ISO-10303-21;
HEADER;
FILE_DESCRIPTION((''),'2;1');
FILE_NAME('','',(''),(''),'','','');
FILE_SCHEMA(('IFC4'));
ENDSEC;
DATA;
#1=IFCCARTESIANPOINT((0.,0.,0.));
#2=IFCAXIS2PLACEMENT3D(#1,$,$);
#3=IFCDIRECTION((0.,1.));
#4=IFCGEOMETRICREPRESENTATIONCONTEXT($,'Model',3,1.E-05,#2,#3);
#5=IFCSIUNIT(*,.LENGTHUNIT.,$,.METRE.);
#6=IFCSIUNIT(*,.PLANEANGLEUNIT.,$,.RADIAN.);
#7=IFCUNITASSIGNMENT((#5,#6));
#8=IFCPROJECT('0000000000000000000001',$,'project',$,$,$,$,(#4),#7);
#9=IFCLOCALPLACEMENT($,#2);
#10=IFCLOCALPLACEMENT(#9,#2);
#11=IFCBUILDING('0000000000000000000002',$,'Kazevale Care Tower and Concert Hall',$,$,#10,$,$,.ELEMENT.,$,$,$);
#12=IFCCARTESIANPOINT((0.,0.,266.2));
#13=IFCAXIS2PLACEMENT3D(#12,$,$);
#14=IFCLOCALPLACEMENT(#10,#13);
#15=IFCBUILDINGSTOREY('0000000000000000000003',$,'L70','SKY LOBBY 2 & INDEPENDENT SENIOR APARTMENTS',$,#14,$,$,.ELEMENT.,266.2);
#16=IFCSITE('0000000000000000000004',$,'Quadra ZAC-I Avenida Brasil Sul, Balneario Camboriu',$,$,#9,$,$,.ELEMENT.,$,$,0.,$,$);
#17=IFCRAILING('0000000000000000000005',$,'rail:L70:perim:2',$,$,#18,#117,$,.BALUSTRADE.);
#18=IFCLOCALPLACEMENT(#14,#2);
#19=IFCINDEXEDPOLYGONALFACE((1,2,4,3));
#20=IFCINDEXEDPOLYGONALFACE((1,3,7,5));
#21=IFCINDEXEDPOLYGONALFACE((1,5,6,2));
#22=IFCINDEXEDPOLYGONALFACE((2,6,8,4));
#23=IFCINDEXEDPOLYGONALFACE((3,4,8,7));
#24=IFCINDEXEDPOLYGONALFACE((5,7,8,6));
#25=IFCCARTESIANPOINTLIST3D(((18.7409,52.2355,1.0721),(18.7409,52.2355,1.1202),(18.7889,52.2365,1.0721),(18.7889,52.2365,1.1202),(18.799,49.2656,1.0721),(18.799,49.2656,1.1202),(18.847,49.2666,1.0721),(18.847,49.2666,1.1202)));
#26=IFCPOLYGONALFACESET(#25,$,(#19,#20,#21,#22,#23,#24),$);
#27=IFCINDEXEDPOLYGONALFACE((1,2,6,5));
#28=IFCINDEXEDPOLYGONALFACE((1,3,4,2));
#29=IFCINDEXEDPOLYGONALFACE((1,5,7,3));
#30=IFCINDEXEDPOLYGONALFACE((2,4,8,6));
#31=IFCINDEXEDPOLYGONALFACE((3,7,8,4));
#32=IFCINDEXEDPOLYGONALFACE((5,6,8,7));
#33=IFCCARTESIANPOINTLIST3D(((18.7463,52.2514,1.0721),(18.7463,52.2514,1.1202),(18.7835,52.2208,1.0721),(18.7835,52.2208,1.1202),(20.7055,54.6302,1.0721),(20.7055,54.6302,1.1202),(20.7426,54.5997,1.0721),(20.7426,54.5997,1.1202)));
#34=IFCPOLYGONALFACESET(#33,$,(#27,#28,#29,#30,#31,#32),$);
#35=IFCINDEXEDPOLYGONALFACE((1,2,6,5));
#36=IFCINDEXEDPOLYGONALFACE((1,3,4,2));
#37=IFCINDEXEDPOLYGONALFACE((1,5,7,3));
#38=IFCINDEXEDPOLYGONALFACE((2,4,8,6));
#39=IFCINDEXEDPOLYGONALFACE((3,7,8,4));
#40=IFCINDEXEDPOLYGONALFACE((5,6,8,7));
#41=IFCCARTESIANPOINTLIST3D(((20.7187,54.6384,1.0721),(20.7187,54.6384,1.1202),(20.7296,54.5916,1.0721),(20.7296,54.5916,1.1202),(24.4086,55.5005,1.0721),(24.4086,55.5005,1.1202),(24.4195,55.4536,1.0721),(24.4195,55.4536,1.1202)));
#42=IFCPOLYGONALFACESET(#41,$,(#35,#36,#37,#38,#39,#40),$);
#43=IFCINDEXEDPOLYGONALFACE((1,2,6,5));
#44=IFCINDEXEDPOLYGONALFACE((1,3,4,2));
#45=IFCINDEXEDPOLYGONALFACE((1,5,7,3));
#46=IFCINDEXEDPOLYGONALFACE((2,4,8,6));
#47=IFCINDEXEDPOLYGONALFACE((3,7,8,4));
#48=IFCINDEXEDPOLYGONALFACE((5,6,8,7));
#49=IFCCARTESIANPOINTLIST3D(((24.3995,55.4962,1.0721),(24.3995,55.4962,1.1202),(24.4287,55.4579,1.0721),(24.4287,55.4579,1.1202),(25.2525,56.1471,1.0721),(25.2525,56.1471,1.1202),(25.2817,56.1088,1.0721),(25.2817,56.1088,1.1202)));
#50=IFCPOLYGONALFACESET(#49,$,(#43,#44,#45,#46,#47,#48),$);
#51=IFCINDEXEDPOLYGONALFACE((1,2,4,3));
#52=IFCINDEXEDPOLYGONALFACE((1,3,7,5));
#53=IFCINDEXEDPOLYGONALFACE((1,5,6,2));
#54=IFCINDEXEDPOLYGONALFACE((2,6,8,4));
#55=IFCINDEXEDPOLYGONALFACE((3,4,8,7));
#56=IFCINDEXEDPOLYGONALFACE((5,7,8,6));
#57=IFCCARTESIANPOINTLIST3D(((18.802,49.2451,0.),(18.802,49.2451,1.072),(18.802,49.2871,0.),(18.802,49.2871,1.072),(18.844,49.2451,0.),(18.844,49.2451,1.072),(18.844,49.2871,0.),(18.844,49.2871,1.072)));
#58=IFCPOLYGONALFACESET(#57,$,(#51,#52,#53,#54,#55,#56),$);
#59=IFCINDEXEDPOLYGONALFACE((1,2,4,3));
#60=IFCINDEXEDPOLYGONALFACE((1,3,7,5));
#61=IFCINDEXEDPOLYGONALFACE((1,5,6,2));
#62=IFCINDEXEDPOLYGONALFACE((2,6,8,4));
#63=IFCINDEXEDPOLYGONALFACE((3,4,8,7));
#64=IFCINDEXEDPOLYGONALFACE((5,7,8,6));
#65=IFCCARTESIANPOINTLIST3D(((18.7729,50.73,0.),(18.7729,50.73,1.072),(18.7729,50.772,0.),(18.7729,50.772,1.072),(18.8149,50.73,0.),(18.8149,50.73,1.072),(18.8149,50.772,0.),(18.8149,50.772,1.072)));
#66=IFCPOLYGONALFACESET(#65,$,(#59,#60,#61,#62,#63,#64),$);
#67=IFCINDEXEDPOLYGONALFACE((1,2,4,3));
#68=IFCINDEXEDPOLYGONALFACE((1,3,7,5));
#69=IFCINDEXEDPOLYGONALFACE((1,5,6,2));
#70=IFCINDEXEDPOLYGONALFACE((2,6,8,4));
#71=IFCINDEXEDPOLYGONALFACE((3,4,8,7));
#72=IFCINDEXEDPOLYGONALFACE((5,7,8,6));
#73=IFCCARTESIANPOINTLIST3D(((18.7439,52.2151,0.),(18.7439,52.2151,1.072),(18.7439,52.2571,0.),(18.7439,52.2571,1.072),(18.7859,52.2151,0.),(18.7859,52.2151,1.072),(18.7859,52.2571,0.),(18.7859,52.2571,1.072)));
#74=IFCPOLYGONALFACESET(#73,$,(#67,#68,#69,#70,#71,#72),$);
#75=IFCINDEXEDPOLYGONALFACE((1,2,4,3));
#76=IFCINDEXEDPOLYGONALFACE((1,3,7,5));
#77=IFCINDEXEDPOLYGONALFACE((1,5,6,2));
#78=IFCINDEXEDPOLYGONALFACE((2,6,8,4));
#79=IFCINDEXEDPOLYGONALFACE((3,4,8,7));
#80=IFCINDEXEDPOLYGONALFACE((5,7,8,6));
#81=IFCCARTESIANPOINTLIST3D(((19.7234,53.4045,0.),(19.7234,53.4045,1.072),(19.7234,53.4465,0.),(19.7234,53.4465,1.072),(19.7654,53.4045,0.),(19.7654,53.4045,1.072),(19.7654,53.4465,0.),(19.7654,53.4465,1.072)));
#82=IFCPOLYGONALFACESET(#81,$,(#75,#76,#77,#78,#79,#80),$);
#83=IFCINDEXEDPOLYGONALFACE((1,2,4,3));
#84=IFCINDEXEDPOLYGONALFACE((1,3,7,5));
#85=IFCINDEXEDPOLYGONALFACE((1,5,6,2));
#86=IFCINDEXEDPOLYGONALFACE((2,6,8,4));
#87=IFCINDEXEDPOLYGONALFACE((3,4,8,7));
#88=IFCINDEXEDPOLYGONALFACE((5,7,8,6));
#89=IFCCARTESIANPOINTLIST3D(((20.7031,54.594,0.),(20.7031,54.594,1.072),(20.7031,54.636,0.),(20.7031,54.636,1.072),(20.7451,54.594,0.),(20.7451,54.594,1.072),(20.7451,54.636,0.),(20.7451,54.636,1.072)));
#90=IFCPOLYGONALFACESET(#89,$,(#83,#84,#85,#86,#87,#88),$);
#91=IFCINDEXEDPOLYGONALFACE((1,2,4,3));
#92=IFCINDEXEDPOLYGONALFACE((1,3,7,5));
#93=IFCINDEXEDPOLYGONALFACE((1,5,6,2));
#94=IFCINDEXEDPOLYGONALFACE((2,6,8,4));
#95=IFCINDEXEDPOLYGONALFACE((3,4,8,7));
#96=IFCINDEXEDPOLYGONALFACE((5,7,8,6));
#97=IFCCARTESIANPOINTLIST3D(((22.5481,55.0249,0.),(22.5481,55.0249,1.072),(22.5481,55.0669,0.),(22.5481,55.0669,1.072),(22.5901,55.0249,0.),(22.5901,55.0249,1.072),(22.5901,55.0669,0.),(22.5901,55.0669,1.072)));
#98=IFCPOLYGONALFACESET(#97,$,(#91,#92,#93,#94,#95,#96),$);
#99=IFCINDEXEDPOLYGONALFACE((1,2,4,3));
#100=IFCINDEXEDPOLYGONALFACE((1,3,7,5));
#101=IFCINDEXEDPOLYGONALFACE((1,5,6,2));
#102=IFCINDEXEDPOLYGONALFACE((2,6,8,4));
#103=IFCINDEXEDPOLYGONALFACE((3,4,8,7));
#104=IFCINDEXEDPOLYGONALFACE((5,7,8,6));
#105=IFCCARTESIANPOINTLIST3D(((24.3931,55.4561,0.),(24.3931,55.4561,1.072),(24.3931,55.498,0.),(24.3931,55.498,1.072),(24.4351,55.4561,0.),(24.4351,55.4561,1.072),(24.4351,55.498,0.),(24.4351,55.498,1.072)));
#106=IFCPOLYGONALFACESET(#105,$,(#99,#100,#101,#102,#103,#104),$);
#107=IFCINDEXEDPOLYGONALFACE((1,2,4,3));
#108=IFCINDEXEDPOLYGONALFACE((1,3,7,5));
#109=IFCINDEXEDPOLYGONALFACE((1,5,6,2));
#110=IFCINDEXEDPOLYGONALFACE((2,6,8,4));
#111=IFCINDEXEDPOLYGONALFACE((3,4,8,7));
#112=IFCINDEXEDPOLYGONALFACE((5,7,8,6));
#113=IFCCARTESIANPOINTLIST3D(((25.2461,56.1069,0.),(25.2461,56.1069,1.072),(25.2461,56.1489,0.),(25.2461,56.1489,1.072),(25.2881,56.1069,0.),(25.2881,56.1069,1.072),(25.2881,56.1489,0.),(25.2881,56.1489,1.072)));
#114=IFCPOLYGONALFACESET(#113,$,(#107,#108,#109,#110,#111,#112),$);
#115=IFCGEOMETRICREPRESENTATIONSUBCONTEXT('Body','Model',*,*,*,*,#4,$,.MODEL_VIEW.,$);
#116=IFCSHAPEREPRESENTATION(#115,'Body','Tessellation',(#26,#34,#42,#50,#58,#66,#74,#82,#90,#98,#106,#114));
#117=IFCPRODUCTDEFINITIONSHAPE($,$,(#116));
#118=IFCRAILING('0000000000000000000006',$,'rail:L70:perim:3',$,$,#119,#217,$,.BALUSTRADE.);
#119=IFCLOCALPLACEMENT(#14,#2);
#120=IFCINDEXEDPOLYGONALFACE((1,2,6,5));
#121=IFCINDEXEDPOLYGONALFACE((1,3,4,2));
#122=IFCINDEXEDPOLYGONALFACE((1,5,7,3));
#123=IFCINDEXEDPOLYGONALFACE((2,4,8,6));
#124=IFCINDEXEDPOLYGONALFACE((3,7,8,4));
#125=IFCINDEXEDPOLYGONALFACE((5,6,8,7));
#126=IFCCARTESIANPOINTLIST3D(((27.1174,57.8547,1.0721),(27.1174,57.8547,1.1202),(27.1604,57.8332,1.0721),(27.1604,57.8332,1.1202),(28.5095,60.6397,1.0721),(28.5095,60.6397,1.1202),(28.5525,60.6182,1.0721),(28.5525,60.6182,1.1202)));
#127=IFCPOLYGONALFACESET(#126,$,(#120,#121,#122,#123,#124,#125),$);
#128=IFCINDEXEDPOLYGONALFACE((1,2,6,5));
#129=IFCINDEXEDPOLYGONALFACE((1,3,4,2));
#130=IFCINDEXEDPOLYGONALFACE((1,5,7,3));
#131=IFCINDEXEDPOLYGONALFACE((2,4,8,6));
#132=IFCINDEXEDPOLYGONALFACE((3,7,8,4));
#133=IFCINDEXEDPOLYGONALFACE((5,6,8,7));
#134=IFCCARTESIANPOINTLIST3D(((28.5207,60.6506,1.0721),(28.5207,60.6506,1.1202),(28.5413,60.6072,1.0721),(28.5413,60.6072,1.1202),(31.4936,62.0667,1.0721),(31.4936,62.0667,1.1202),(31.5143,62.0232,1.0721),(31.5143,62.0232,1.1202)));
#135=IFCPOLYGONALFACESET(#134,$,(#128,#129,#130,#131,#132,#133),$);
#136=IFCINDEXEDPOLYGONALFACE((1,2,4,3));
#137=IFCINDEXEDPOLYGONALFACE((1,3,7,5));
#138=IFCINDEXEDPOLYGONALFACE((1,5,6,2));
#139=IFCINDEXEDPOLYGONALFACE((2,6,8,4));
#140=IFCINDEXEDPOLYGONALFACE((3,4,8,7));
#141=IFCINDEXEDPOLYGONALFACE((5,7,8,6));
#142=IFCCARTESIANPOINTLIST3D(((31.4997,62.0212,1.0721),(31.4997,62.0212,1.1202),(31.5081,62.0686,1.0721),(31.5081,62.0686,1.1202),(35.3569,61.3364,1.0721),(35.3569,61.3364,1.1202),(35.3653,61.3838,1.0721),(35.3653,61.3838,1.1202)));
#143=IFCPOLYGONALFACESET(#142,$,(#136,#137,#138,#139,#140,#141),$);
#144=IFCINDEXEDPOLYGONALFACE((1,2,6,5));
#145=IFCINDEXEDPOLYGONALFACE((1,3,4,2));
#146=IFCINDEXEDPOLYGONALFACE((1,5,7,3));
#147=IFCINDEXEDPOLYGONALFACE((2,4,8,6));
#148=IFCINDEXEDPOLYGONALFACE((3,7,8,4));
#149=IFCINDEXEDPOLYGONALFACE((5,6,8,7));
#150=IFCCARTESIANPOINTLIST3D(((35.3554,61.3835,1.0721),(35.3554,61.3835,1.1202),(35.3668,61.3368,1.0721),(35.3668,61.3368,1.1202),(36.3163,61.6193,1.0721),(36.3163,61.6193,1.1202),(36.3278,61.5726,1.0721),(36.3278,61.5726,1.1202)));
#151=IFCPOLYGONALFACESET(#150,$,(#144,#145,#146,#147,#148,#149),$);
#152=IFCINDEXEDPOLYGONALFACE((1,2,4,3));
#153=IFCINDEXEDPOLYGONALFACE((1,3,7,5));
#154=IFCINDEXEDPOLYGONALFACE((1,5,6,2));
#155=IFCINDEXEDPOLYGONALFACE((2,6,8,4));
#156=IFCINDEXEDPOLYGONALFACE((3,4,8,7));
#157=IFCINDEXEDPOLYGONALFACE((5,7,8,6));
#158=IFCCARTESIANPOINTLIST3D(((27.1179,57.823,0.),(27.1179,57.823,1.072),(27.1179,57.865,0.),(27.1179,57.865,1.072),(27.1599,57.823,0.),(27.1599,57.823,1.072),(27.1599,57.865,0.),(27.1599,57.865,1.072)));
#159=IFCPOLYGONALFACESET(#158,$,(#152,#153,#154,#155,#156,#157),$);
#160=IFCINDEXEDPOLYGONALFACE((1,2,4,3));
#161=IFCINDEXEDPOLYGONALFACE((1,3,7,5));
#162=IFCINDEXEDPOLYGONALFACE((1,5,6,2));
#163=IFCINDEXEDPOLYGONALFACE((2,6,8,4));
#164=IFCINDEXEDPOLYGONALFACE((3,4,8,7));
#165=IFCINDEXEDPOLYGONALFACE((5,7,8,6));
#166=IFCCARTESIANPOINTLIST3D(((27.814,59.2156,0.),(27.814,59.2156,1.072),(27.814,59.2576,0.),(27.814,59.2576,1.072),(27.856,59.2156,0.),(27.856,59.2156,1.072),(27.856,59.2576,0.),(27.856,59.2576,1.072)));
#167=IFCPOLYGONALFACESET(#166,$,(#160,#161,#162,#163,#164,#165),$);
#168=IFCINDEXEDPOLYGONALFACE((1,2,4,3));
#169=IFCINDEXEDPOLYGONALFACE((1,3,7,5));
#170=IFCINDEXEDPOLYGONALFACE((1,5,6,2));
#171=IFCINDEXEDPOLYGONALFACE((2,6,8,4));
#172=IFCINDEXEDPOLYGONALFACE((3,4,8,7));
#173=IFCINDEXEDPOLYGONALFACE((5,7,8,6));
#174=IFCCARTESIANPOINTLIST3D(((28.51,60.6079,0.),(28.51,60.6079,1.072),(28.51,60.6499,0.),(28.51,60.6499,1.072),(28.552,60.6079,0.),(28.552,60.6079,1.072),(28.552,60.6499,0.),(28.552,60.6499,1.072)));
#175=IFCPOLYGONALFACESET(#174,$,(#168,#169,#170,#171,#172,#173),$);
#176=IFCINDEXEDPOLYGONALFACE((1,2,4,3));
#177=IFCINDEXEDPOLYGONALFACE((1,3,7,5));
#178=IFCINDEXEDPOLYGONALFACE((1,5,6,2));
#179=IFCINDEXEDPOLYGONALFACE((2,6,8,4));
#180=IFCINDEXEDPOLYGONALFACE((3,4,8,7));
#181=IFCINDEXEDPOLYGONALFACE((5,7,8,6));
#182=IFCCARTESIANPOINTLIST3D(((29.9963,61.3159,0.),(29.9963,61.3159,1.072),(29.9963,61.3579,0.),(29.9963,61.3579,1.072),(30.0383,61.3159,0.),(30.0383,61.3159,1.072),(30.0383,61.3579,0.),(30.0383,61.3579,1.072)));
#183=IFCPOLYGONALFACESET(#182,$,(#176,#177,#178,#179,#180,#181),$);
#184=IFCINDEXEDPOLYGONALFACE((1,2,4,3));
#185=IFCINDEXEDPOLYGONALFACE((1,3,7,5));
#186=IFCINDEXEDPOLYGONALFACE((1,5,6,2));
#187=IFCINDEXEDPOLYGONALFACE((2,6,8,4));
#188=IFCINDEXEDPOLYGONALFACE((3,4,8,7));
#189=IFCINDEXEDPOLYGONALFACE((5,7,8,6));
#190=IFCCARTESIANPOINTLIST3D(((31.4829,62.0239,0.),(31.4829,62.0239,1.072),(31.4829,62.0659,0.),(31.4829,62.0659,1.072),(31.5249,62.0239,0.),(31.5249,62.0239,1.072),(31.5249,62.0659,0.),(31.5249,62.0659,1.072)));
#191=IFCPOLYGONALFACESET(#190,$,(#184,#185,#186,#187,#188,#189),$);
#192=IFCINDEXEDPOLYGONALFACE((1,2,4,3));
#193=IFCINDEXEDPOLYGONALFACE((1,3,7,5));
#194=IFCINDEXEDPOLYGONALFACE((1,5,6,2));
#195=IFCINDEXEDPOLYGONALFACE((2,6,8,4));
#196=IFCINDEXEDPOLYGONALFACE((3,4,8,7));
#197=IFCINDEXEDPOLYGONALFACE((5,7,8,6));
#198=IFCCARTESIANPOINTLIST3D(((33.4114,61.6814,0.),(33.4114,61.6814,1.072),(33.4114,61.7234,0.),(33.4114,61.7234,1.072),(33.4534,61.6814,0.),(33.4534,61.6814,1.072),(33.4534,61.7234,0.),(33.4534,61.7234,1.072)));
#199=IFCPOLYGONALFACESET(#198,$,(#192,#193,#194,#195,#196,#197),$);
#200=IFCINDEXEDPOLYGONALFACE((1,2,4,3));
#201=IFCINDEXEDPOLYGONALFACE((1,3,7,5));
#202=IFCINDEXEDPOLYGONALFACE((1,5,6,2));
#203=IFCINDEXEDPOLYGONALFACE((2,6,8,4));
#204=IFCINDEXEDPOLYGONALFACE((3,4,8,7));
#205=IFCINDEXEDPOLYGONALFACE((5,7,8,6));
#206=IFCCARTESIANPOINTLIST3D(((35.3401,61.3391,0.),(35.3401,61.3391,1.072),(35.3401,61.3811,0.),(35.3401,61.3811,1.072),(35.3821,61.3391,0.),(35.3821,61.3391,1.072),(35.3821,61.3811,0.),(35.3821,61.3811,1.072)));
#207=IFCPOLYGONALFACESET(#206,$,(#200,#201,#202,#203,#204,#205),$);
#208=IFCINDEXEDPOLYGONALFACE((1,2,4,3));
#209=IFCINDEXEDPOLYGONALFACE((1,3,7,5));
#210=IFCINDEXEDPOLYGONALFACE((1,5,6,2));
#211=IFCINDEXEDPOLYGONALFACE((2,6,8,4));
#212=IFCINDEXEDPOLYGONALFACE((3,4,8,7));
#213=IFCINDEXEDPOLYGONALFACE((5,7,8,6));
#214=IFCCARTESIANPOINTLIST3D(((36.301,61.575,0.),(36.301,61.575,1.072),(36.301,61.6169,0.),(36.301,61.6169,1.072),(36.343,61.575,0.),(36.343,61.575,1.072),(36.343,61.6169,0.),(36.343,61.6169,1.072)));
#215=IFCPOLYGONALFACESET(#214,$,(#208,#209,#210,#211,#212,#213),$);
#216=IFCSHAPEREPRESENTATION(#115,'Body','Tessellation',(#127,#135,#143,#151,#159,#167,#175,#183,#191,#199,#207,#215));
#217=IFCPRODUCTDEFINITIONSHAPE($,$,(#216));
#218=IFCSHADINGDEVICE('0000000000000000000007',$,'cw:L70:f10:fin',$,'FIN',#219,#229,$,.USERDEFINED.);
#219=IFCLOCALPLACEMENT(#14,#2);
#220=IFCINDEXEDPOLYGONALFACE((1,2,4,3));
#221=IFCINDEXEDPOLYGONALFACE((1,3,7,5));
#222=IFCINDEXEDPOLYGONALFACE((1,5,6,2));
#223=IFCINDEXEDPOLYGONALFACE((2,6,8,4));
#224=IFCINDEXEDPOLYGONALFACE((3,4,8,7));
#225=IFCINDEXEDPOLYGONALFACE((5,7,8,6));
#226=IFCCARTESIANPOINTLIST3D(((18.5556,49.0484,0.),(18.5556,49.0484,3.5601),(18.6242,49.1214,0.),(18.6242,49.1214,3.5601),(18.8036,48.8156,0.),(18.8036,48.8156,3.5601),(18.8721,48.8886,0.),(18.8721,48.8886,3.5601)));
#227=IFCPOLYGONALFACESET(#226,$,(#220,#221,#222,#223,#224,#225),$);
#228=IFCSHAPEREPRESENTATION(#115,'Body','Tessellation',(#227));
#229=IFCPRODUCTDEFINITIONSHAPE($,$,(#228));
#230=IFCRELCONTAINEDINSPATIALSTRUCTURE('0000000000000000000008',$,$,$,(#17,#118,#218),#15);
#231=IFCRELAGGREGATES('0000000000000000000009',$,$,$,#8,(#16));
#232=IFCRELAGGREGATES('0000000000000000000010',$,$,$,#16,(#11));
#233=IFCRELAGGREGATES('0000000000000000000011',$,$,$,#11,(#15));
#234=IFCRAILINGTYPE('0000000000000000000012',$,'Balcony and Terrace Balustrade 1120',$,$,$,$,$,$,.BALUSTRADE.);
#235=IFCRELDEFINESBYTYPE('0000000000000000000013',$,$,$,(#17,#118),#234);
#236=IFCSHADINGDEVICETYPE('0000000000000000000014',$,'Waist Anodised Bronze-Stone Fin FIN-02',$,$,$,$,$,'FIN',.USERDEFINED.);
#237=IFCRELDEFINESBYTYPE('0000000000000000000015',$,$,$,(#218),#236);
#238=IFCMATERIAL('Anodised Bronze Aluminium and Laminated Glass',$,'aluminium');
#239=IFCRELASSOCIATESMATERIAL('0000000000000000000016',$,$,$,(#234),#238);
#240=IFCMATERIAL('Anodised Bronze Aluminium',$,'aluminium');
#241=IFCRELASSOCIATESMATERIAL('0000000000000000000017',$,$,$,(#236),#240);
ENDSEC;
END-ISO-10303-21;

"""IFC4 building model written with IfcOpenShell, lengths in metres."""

from ifc_helpers import new_model, si_unit, direction, frame, origin, origin_2d, place, context, subcontext, project, spatial, rectangle, extrude, material, type_object, element, save


model = new_model("IFC4")

# Units and contexts
model_context = context("Model", 3, precision=1e-05, world=origin(), true_north=direction((0.0, 1.0)))
body_context = subcontext(model_context, "Body", "Model", "MODEL_VIEW")
ifc_project = project(units=[si_unit("LENGTHUNIT", "METRE"), si_unit("PLANEANGLEUNIT", "RADIAN")], contexts=[model_context])

# Site, building, storey
site_placement = place(None, origin())
site = spatial("IfcSite", under=ifc_project, at=site_placement, Name="Quadra ZAC-I Avenida Brasil Sul, Balneario Camboriu", CompositionType="ELEMENT", RefElevation=0.0)
building_placement = place(site_placement, origin())
building = spatial("IfcBuilding", under=site, at=building_placement, Name="Kazevale Care Tower and Concert Hall", CompositionType="ELEMENT")
storey_placement = place(building_placement, frame((0.0, 0.0, 266.2)))
storey = spatial("IfcBuildingStorey", under=building, at=storey_placement, Name="L70", Description="SKY LOBBY 2 & INDEPENDENT SENIOR APARTMENTS", CompositionType="ELEMENT", Elevation=266.2)

# Railings
ifc_material_1 = material(Name="Anodised Bronze Aluminium and Laminated Glass", Category="aluminium")
railing_type = type_object("IfcRailingType", Name="Balcony and Terrace Balustrade 1120", PredefinedType="BALUSTRADE", material=ifc_material_1)
railing_1_placement = place(storey_placement, frame((18.823, 49.2661, 0.0)))
element("IfcRailing", 1, at=railing_1_placement, inside=storey, type_object=railing_type, Name="rail:L70:perim:2", PredefinedType="BALUSTRADE", context=body_context, shape_type="SweptSolid", body=[
    extrude(rectangle(XDim=0.0481, YDim=0.0481, at=origin_2d()), frame((0.0, 0.0, 1.0962), z_axis=(-0.019561, 0.999809, 0.0), x_axis=(-0.999809, -0.019561, 0.0)), (0.0, 0.0, 1.0), 2.9705),
    extrude(rectangle(XDim=0.0481, YDim=0.0481, at=origin_2d()), frame((-0.0581, 2.97, 1.0962), z_axis=(0.635732, 0.77191, 0.0), x_axis=(-0.77191, 0.635732, 0.0)), (0.0, 0.0, 1.0), 3.0818),
    extrude(rectangle(XDim=0.0481, YDim=0.0481, at=origin_2d()), frame((1.9011, 5.3489, 1.0962), z_axis=(0.973778, 0.227498, 0.0), x_axis=(-0.227498, 0.973778, 0.0)), (0.0, 0.0, 1.0), 3.7893),
    extrude(rectangle(XDim=0.0481, YDim=0.0481, at=origin_2d()), frame((5.5911, 6.2109, 1.0962), z_axis=(0.795003, 0.606605, 0.0), x_axis=(-0.606605, 0.795003, 0.0)), (0.0, 0.0, 1.0), 1.073),
    extrude(rectangle(XDim=0.042, YDim=0.042, at=origin_2d()), origin(), (0.0, 0.0, 1.0), 1.072),
    extrude(rectangle(XDim=0.042, YDim=0.042, at=origin_2d()), frame((-0.0291, 1.4849, 0.0)), (0.0, 0.0, 1.0), 1.072),
    extrude(rectangle(XDim=0.042, YDim=0.042, at=origin_2d()), frame((-0.0581, 2.97, 0.0)), (0.0, 0.0, 1.0), 1.072),
    extrude(rectangle(XDim=0.042, YDim=0.042, at=origin_2d()), frame((0.9214, 4.1594, 0.0)), (0.0, 0.0, 1.0), 1.072),
    extrude(rectangle(XDim=0.042, YDim=0.042, at=origin_2d()), frame((1.9011, 5.3489, 0.0)), (0.0, 0.0, 1.0), 1.072),
    extrude(rectangle(XDim=0.042, YDim=0.042, at=origin_2d()), frame((3.7461, 5.7798, 0.0)), (0.0, 0.0, 1.0), 1.072),
    extrude(rectangle(XDim=0.042, YDim=0.042, at=origin_2d()), frame((5.5911, 6.2109, 0.0)), (0.0, 0.0, 1.0), 1.072),
    extrude(rectangle(XDim=0.042, YDim=0.042, at=origin_2d()), frame((6.4441, 6.8618, 0.0)), (0.0, 0.0, 1.0), 1.072),
])
railing_2_placement = place(storey_placement, frame((27.1389, 57.844, 0.0)))
element("IfcRailing", 2, at=railing_2_placement, inside=storey, type_object=railing_type, Name="rail:L70:perim:3", PredefinedType="BALUSTRADE", context=body_context, shape_type="SweptSolid", body=[
    extrude(rectangle(XDim=0.0481, YDim=0.0481, at=origin_2d()), frame((0.0, 0.0, 1.0962), z_axis=(0.447119, 0.894474, 0.0), x_axis=(-0.894474, 0.447119, 0.0)), (0.0, 0.0, 1.0), 3.1135),
    extrude(rectangle(XDim=0.0481, YDim=0.0481, at=origin_2d()), frame((1.3921, 2.7849, 1.0962), z_axis=(0.902819, 0.43002, 0.0), x_axis=(-0.43002, 0.902819, 0.0)), (0.0, 0.0, 1.0), 3.293),
    extrude(rectangle(XDim=0.0481, YDim=0.0481, at=origin_2d()), frame((4.365, 4.2009, 1.0962), z_axis=(0.984602, -0.174809, 0.0), x_axis=(0.174809, 0.984602, 0.0)), (0.0, 0.0, 1.0), 3.9175),
    extrude(rectangle(XDim=0.0481, YDim=0.0481, at=origin_2d()), frame((8.2222, 3.5161, 1.0962), z_axis=(0.971179, 0.238353, 0.0), x_axis=(-0.238353, 0.971179, 0.0)), (0.0, 0.0, 1.0), 0.9895),
    extrude(rectangle(XDim=0.042, YDim=0.042, at=origin_2d()), origin(), (0.0, 0.0, 1.0), 1.072),
    extrude(rectangle(XDim=0.042, YDim=0.042, at=origin_2d()), frame((0.696, 1.3926, 0.0)), (0.0, 0.0, 1.0), 1.072),
    extrude(rectangle(XDim=0.042, YDim=0.042, at=origin_2d()), frame((1.3921, 2.7849, 0.0)), (0.0, 0.0, 1.0), 1.072),
    extrude(rectangle(XDim=0.042, YDim=0.042, at=origin_2d()), frame((2.8784, 3.4929, 0.0)), (0.0, 0.0, 1.0), 1.072),
    extrude(rectangle(XDim=0.042, YDim=0.042, at=origin_2d()), frame((4.365, 4.2009, 0.0)), (0.0, 0.0, 1.0), 1.072),
    extrude(rectangle(XDim=0.042, YDim=0.042, at=origin_2d()), frame((6.2935, 3.8584, 0.0)), (0.0, 0.0, 1.0), 1.072),
    extrude(rectangle(XDim=0.042, YDim=0.042, at=origin_2d()), frame((8.2222, 3.5161, 0.0)), (0.0, 0.0, 1.0), 1.072),
    extrude(rectangle(XDim=0.042, YDim=0.042, at=origin_2d()), frame((9.1831, 3.752, 0.0)), (0.0, 0.0, 1.0), 1.072),
])

# Shading device
ifc_material_2 = material(Name="Anodised Bronze Aluminium", Category="aluminium")
shading_device_type = type_object("IfcShadingDeviceType", Name="Waist Anodised Bronze-Stone Fin FIN-02", ElementType="FIN", PredefinedType="USERDEFINED", material=ifc_material_2)
shading_device_placement = place(storey_placement, frame((18.7139, 48.9685, 0.0), z_axis=(0.0, 0.0, 1.0), x_axis=(-0.728969, 0.684547, 0.0)))
element("IfcShadingDevice", 3, at=shading_device_placement, inside=storey, type_object=shading_device_type, Name="cw:L70:f10:fin", ObjectType="FIN", PredefinedType="USERDEFINED", context=body_context, shape_type="SweptSolid", body=[
    extrude(rectangle(XDim=0.3401, YDim=0.1001, at=origin_2d()), origin(), (0.0, 0.0, 1.0), 3.5601),
])

save(model, "model.ifc")
